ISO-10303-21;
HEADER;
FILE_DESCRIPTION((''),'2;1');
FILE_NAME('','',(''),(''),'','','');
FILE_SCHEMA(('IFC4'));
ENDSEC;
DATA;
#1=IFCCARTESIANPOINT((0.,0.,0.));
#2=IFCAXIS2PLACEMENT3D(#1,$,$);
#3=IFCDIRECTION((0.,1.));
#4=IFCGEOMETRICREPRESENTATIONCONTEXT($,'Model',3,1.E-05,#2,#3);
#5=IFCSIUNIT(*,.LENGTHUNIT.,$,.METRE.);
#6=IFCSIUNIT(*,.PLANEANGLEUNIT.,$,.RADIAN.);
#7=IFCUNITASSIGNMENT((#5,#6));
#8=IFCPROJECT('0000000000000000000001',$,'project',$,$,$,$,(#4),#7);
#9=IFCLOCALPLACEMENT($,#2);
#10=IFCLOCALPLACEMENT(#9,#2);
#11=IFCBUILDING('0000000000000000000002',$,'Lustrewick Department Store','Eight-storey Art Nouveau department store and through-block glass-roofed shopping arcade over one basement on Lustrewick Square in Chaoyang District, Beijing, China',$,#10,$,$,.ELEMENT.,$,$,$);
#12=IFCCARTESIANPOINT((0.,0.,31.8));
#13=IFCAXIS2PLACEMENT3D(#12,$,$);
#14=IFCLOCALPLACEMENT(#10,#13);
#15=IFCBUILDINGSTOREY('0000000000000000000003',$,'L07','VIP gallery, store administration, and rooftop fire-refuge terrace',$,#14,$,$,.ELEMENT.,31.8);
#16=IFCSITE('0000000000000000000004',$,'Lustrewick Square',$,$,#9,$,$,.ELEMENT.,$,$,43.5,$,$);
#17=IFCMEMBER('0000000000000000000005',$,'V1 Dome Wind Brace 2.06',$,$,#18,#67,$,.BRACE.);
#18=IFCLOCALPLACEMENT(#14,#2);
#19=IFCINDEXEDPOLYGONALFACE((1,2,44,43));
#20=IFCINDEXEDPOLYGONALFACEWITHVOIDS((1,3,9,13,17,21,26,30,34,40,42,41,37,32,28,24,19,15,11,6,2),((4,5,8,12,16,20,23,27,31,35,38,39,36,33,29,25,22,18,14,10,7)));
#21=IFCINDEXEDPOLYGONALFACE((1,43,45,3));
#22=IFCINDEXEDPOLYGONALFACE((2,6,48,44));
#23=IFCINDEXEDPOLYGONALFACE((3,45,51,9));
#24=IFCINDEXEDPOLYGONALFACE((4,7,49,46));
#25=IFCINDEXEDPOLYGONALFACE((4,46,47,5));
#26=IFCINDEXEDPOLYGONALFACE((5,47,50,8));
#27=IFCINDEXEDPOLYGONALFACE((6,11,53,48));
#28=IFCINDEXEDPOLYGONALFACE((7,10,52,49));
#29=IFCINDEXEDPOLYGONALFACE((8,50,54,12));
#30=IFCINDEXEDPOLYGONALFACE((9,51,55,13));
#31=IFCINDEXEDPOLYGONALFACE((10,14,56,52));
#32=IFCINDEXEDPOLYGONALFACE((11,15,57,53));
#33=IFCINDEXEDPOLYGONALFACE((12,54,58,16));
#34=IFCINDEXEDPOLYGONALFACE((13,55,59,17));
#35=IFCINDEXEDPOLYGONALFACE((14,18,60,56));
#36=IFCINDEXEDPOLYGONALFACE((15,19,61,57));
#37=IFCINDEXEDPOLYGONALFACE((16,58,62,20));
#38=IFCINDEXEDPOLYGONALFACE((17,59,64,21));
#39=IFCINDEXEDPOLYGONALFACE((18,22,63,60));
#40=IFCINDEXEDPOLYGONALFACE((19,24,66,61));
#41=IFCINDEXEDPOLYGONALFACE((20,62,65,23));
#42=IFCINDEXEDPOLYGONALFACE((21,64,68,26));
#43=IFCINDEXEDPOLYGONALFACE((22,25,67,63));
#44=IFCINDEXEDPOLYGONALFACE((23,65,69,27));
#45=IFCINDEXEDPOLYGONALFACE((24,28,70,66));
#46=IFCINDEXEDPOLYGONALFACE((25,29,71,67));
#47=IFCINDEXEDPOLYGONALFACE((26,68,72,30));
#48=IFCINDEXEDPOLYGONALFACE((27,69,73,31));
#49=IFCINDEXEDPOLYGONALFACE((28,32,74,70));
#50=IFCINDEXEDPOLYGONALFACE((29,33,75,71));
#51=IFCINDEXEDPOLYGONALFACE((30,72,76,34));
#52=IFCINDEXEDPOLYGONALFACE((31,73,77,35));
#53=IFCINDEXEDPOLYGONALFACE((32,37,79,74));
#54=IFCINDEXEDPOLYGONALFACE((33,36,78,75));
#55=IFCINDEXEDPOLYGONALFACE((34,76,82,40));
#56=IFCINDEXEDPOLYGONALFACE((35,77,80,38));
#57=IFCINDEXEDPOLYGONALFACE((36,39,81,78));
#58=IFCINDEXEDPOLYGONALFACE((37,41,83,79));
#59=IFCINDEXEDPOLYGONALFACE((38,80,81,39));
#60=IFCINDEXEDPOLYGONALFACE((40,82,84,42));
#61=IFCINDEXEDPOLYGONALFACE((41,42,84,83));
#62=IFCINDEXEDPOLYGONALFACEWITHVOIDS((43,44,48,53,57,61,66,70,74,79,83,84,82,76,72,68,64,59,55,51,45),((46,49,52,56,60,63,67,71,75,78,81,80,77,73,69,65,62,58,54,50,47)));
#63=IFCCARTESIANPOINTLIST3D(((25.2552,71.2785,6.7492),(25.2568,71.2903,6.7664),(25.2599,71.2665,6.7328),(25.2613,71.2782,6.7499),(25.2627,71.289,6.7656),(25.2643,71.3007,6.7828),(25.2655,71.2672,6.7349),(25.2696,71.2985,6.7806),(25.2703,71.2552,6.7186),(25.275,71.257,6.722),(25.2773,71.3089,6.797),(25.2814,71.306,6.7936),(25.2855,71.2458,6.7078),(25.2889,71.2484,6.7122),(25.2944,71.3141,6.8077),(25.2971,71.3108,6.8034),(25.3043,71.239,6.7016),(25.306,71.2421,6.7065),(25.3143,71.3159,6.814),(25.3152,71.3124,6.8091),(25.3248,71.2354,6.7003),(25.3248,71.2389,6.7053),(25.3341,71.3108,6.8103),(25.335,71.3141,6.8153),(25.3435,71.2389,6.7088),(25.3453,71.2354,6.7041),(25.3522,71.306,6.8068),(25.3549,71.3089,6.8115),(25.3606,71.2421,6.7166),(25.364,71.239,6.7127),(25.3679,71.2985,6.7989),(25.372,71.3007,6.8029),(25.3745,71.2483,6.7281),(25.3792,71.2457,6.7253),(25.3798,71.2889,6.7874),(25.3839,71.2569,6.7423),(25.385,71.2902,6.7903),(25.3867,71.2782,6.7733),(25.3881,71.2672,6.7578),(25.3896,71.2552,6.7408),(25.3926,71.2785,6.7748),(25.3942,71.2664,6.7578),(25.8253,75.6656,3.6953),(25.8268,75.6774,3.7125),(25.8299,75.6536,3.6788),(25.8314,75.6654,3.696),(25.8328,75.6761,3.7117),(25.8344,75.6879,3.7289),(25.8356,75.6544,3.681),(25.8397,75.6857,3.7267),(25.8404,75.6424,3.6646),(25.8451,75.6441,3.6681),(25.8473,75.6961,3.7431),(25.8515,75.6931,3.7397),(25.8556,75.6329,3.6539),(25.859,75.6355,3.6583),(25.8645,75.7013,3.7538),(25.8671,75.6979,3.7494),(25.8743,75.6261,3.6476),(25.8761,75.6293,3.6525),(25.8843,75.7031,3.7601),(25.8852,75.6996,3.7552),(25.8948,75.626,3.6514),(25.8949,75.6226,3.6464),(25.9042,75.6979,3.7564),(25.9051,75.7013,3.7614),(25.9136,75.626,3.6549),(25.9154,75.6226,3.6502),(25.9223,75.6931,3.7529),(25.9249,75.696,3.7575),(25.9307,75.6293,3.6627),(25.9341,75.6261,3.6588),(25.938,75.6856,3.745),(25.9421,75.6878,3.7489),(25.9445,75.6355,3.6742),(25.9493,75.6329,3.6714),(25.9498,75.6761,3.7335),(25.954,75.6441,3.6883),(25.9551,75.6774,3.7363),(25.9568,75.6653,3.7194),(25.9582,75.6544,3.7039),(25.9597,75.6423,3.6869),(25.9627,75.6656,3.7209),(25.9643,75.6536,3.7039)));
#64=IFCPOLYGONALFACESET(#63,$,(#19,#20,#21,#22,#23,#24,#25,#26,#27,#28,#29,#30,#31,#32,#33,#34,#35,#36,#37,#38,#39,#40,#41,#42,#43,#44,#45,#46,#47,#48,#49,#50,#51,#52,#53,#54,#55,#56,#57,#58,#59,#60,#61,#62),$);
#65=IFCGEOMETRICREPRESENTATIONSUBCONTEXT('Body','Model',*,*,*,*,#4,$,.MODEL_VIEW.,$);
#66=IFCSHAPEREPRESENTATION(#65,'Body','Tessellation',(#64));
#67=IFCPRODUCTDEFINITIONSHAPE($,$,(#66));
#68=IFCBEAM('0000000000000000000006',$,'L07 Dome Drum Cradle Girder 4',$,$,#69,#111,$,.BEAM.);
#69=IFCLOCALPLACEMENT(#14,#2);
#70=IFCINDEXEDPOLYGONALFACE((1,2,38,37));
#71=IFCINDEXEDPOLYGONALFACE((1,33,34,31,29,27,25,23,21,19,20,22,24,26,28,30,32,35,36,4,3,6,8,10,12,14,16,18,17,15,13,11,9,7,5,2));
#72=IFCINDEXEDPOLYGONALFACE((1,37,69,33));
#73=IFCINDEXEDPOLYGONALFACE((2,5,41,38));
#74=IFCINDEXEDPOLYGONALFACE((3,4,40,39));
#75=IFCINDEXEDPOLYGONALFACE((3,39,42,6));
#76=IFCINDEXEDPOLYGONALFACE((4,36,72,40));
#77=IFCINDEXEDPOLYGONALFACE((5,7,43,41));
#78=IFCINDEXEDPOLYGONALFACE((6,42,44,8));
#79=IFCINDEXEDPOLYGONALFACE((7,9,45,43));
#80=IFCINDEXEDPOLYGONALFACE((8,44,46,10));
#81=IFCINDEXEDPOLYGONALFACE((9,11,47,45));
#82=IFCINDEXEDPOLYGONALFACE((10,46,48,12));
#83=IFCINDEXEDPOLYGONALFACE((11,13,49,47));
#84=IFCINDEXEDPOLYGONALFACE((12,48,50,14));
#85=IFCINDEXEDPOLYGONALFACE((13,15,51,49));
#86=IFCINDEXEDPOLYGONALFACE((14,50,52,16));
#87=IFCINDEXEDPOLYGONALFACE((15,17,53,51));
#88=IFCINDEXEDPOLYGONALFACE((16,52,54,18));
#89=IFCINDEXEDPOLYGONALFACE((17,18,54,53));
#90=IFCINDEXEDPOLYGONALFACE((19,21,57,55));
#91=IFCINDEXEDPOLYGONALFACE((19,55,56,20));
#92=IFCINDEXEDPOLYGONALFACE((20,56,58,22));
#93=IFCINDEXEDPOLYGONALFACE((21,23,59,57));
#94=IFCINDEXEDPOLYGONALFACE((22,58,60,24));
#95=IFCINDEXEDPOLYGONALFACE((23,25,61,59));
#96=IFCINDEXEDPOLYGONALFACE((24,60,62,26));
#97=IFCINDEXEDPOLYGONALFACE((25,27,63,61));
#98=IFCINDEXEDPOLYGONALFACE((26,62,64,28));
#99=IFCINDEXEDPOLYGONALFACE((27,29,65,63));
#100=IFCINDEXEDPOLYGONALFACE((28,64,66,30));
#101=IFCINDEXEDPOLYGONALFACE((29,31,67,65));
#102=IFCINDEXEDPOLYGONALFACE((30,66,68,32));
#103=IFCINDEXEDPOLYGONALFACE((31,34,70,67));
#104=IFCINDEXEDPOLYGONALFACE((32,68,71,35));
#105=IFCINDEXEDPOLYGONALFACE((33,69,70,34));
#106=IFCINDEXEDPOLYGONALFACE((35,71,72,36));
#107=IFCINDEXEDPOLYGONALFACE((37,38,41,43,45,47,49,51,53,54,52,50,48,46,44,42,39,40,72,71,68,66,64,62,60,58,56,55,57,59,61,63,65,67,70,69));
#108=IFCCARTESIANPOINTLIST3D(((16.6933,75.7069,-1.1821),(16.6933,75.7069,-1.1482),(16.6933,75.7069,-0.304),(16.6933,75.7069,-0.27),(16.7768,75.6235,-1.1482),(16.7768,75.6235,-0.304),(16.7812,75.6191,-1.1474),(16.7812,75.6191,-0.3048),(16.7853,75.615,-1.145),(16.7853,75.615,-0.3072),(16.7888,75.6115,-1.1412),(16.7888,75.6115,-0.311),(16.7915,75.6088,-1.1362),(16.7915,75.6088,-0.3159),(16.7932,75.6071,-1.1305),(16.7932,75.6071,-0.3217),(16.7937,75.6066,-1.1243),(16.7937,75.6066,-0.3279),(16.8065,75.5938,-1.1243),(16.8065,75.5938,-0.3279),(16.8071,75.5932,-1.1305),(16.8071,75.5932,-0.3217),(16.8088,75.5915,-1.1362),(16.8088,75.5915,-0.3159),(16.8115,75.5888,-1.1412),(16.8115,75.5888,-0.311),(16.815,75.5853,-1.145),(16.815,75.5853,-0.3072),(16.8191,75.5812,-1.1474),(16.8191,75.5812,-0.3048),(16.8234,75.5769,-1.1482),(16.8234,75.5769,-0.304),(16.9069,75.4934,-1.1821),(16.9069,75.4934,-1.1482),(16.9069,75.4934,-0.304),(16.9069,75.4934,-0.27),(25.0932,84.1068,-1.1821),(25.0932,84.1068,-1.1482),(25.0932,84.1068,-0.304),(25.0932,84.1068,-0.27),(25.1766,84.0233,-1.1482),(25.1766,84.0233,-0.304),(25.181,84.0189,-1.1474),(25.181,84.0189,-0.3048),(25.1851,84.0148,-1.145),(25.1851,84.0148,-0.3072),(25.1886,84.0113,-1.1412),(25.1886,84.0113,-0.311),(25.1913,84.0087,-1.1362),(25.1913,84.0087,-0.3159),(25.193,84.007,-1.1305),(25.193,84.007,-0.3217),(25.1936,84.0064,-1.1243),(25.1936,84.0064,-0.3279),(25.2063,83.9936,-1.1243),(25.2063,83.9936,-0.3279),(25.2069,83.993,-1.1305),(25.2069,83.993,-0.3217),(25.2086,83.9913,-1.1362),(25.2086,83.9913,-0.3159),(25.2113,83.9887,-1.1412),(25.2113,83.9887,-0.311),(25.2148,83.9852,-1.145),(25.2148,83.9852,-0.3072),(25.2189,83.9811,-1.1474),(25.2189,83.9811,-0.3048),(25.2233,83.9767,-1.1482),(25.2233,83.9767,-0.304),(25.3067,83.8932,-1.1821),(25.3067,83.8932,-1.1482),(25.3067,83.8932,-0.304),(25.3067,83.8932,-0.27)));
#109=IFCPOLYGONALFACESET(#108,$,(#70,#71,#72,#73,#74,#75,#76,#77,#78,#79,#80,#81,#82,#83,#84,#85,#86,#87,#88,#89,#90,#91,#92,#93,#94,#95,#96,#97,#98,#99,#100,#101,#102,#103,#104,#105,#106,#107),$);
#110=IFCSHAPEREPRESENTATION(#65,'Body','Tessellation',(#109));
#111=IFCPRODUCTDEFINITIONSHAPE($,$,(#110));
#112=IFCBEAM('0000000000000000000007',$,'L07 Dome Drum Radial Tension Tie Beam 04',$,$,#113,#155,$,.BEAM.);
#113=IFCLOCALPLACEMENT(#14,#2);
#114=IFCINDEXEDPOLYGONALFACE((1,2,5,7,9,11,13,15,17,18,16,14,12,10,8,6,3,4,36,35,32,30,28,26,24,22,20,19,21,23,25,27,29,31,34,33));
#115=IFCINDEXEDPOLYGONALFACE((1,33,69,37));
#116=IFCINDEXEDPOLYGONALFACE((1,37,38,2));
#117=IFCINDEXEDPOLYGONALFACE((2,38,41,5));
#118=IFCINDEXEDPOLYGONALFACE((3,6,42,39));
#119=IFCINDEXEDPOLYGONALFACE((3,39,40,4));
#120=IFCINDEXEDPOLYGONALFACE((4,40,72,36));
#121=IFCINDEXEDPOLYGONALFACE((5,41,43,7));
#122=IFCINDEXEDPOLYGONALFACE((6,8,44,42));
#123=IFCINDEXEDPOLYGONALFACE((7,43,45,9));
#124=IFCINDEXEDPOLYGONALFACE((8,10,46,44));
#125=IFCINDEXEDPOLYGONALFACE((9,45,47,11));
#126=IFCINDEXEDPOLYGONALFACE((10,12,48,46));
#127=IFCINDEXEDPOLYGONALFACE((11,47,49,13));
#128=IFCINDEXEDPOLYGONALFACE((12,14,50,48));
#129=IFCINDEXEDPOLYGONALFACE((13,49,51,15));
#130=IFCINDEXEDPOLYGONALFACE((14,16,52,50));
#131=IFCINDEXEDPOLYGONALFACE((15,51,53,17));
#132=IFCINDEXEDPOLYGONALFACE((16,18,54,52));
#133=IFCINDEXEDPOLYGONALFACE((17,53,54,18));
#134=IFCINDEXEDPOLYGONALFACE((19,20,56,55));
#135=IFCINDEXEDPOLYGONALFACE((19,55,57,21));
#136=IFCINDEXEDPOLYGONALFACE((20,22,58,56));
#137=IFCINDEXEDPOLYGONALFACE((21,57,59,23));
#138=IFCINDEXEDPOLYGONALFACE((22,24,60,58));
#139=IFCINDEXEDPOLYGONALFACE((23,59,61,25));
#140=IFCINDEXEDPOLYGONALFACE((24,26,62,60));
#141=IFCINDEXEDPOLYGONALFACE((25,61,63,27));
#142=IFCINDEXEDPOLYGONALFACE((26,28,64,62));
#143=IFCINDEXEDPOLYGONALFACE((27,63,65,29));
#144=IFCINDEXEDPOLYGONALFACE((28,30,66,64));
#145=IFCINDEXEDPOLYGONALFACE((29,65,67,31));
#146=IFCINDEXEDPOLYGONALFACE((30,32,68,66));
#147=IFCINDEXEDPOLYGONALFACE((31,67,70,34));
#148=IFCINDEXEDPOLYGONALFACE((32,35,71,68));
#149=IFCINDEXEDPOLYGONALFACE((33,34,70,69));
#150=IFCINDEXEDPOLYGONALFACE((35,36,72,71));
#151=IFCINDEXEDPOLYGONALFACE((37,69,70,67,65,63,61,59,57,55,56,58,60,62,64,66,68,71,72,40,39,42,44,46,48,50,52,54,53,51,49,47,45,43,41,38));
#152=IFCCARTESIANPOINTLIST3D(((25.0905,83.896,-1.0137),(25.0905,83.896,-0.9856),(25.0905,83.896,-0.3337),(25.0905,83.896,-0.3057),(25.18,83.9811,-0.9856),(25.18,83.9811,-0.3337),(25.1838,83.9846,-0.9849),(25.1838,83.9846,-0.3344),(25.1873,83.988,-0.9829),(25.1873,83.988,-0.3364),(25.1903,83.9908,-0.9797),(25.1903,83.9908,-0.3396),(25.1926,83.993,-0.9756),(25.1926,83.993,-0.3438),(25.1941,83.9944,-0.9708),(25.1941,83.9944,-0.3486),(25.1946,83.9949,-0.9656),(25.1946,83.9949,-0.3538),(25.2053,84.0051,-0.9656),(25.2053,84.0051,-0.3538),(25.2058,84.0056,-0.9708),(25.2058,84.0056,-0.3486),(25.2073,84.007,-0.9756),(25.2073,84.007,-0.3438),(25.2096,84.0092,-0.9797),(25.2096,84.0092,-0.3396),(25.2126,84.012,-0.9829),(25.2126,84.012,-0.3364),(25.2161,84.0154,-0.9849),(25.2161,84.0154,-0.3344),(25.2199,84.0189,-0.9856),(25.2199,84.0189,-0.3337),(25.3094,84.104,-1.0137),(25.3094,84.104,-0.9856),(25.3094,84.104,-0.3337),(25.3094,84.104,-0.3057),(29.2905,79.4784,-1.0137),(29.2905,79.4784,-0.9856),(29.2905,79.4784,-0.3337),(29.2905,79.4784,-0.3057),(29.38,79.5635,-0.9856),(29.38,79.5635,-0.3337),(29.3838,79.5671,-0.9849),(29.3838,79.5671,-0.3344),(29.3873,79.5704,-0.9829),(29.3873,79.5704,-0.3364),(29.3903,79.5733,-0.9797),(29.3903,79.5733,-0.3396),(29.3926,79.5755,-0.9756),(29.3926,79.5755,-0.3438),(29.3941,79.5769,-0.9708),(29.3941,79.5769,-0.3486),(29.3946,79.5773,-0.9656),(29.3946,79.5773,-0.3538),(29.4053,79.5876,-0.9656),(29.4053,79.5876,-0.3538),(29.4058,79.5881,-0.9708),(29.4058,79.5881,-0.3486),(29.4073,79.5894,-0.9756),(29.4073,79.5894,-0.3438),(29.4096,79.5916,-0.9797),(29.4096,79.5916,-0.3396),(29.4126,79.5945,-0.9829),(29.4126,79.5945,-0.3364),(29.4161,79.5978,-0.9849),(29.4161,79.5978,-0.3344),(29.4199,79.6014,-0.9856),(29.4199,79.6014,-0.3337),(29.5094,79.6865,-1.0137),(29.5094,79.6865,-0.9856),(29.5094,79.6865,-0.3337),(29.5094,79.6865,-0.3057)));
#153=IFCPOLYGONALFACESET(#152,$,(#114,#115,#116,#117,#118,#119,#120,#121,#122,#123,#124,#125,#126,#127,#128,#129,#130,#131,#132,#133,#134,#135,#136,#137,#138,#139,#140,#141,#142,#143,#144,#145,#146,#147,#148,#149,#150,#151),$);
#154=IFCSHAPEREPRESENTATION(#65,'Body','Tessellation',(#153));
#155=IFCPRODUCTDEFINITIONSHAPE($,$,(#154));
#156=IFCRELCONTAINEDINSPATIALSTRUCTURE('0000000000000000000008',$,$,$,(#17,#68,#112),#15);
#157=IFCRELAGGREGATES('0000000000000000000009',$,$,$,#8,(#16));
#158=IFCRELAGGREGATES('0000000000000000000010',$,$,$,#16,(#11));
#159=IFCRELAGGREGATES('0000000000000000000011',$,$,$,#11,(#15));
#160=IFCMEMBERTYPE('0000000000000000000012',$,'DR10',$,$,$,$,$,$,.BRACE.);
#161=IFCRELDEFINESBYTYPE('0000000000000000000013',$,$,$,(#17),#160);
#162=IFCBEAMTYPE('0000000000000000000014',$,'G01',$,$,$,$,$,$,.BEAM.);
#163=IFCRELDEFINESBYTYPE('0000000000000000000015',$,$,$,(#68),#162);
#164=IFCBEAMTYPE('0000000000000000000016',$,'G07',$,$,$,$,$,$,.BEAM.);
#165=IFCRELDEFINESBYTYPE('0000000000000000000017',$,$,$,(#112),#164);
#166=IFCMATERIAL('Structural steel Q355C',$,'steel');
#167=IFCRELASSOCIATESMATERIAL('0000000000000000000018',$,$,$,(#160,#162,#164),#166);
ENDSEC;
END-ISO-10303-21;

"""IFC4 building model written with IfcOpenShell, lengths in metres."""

from ifc_helpers import new_model, si_unit, direction, frame, origin, origin_2d, place, context, subcontext, project, spatial, hollow_circle, i_section, extrude, material, material_profile, profile_set, type_object, element, save


model = new_model("IFC4")

# Units and contexts
model_context = context("Model", 3, precision=1e-05, world=origin(), true_north=direction((0.0, 1.0)))
body_context = subcontext(model_context, "Body", "Model", "MODEL_VIEW")
ifc_project = project(units=[si_unit("LENGTHUNIT", "METRE"), si_unit("PLANEANGLEUNIT", "RADIAN")], contexts=[model_context])

# Site, building, storey
site_placement = place(None, origin())
site = spatial("IfcSite", under=ifc_project, at=site_placement, Name="Lustrewick Square", CompositionType="ELEMENT", RefElevation=43.5)
building_placement = place(site_placement, origin())
building = spatial("IfcBuilding", under=site, at=building_placement, Name="Lustrewick Department Store", Description="Eight-storey Art Nouveau department store and through-block glass-roofed shopping arcade over one basement on Lustrewick Square in Chaoyang District, Beijing, China", CompositionType="ELEMENT")
storey_placement = place(building_placement, frame((0.0, 0.0, 31.8)))
storey = spatial("IfcBuildingStorey", under=building, at=storey_placement, Name="L07", Description="VIP gallery, store administration, and rooftop fire-refuge terrace", CompositionType="ELEMENT", Elevation=31.8)

# Member
ifc_material_1 = material(Name="Structural steel Q355C", Category="steel")
ifc_material_profile_1 = material_profile(ifc_material_1, hollow_circle(Radius=0.0701, WallThickness=0.0061, at=origin_2d()), Name="CHS 140x6")
ifc_profile_set_1 = profile_set([ifc_material_profile_1], Name="Structural steel Q355C")
member_type_1 = type_object("IfcMemberType", Name="DR10", PredefinedType="BRACE", material=ifc_profile_set_1)
member_1_placement = place(storey_placement, frame((25.8948, 75.6626, 3.7039), z_axis=(-0.106043, -0.816103, 0.568093), x_axis=(0.991663, -0.128856, 0.0)))
element("IfcMember", 1, at=member_1_placement, inside=storey, type_object=member_type_1, Name="V1 Dome Wind Brace 2.06", PredefinedType="BRACE", context=body_context, shape_type="SweptSolid", body=[
    extrude(hollow_circle(Radius=0.0701, WallThickness=0.0061, at=origin_2d()), origin(), (0.0, 0.0, 1.0), 5.3757),
])

# Beams
ifc_material_profile_2 = material_profile(ifc_material_1, i_section(OverallWidth=0.302, OverallDepth=0.9121, WebThickness=0.0181, FlangeThickness=0.0339, FilletRadius=0.0239, at=origin_2d()), Name="HN 912x302x18x34")
ifc_profile_set_2 = profile_set([ifc_material_profile_2], Name="Structural steel Q355C")
beam_type_1 = type_object("IfcBeamType", Name="G01", PredefinedType="BEAM", material=ifc_profile_set_2)
beam_1_placement = place(storey_placement, frame((25.2, 84.0, -0.7261), z_axis=(-0.707107, -0.707107, 0.0), x_axis=(0.707107, -0.707107, 0.0)))
element("IfcBeam", 2, at=beam_1_placement, inside=storey, type_object=beam_type_1, Name="L07 Dome Drum Cradle Girder 4", PredefinedType="BEAM", context=body_context, shape_type="SweptSolid", body=[
    extrude(i_section(OverallWidth=0.302, OverallDepth=0.9121, WebThickness=0.0181, FlangeThickness=0.0339, FilletRadius=0.0239, at=origin_2d()), origin(), (0.0, 0.0, 1.0), 11.8792),
])
ifc_material_profile_3 = material_profile(ifc_material_1, i_section(OverallWidth=0.302, OverallDepth=0.708, WebThickness=0.0149, FlangeThickness=0.0281, FilletRadius=0.02, at=origin_2d()), Name="HN 708x302x15x28")
ifc_profile_set_3 = profile_set([ifc_material_profile_3], Name="Structural steel Q355C")
beam_type_2 = type_object("IfcBeamType", Name="G07", PredefinedType="BEAM", material=ifc_profile_set_3)
beam_2_placement = place(storey_placement, frame((25.2, 84.0, -0.6597), z_axis=(0.689038, -0.724725, 0.0), x_axis=(0.724725, 0.689038, 0.0)))
element("IfcBeam", 3, at=beam_2_placement, inside=storey, type_object=beam_type_2, Name="L07 Dome Drum Radial Tension Tie Beam 04", PredefinedType="BEAM", context=body_context, shape_type="SweptSolid", body=[
    extrude(i_section(OverallWidth=0.302, OverallDepth=0.708, WebThickness=0.0149, FlangeThickness=0.0281, FilletRadius=0.02, at=origin_2d()), origin(), (0.0, 0.0, 1.0), 6.0955),
])

save(model, "model.ifc")
